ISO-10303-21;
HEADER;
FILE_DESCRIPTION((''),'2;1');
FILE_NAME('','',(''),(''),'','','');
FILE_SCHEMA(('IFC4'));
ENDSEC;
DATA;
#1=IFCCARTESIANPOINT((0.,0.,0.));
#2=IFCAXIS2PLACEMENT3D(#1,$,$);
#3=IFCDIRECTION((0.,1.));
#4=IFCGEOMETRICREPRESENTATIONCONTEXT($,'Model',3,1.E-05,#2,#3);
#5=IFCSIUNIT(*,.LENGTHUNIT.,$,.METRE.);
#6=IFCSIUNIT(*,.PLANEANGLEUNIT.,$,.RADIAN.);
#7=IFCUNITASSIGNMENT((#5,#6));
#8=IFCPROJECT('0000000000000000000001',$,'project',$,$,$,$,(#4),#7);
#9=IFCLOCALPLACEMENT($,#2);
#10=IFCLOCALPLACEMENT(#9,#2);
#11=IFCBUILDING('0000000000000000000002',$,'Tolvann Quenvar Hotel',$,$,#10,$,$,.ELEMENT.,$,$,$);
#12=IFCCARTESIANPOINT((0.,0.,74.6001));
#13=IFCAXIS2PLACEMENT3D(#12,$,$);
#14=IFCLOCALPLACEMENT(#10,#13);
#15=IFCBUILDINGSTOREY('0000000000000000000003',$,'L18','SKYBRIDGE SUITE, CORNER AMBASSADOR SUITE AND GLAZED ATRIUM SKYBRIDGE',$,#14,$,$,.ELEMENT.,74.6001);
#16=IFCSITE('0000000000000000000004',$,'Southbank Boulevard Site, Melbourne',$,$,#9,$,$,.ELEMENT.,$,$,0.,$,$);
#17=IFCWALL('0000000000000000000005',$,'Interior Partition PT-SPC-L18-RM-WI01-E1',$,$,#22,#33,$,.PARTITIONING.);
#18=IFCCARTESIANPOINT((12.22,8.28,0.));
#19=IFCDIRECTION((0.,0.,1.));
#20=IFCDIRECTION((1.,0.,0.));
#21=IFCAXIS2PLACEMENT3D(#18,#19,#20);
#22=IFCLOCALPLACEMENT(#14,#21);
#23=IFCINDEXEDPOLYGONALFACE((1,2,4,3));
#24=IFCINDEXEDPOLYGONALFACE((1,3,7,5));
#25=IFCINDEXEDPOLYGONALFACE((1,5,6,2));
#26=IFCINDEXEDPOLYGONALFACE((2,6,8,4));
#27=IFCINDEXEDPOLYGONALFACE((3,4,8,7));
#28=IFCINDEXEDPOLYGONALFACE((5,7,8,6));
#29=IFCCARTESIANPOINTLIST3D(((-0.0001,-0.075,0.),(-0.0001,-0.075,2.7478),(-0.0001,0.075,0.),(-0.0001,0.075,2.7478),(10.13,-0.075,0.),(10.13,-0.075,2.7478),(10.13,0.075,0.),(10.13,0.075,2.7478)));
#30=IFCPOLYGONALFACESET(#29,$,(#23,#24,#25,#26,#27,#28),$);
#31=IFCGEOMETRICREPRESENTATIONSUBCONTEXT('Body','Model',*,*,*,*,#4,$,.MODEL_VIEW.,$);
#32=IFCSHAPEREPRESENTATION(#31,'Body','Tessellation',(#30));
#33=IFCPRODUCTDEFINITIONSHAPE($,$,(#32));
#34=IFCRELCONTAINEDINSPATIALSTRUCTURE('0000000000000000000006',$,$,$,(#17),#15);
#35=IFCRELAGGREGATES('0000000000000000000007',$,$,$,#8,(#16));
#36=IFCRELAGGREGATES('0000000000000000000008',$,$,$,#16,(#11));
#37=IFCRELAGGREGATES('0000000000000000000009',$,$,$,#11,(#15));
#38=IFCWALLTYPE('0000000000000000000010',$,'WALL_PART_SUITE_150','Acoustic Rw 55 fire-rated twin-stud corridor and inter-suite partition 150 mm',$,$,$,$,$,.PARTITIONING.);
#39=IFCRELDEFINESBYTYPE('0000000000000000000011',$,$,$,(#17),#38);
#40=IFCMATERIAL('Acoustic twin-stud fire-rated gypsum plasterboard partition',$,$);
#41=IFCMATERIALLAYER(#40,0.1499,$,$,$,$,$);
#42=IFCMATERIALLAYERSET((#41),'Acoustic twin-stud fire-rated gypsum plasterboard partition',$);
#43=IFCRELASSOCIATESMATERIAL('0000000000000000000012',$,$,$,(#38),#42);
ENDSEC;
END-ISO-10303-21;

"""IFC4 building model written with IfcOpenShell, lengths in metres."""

from ifc_helpers import new_model, si_unit, direction, frame, frame_2d, origin, place, context, subcontext, project, spatial, rectangle, extrude, material, layer, layer_set, type_object, element, save


model = new_model("IFC4")

# Units and contexts
model_context = context("Model", 3, precision=1e-05, world=origin(), true_north=direction((0.0, 1.0)))
body_context = subcontext(model_context, "Body", "Model", "MODEL_VIEW")
ifc_project = project(units=[si_unit("LENGTHUNIT", "METRE"), si_unit("PLANEANGLEUNIT", "RADIAN")], contexts=[model_context])

# Site, building, storey
site_placement = place(None, origin())
site = spatial("IfcSite", under=ifc_project, at=site_placement, Name="Southbank Boulevard Site, Melbourne", CompositionType="ELEMENT", RefElevation=0.0)
building_placement = place(site_placement, origin())
building = spatial("IfcBuilding", under=site, at=building_placement, Name="Tolvann Quenvar Hotel", CompositionType="ELEMENT")
storey_placement = place(building_placement, frame((0.0, 0.0, 74.6001)))
storey = spatial("IfcBuildingStorey", under=building, at=storey_placement, Name="L18", Description="SKYBRIDGE SUITE, CORNER AMBASSADOR SUITE AND GLAZED ATRIUM SKYBRIDGE", CompositionType="ELEMENT", Elevation=74.6001)

# Shared definitions
ifc_material_1 = material(Name="Acoustic twin-stud fire-rated gypsum plasterboard partition")
ifc_layer_1 = layer(ifc_material_1, 0.1499)
ifc_layer_set_1 = layer_set([ifc_layer_1], Name="Acoustic twin-stud fire-rated gypsum plasterboard partition")
wall_type_1 = type_object("IfcWallType", Name="WALL_PART_SUITE_150", Description="Acoustic Rw 55 fire-rated twin-stud corridor and inter-suite partition 150 mm", PredefinedType="PARTITIONING", material=ifc_layer_set_1)

# Wall
wall_1_placement = place(storey_placement, frame((12.22, 8.28, 0.0), z_axis=(0.0, 0.0, 1.0), x_axis=(1.0, 0.0, 0.0)))
element("IfcWall", 1, at=wall_1_placement, inside=storey, type_object=wall_type_1, Name="Interior Partition PT-SPC-L18-RM-WI01-E1", PredefinedType="PARTITIONING", context=body_context, shape_type="SweptSolid", body=[
    extrude(rectangle(XDim=10.1301, YDim=0.1499, at=frame_2d((5.0649, 0.0))), origin(), (0.0, 0.0, 1.0), 2.7478),
])

save(model, "model.ifc")
